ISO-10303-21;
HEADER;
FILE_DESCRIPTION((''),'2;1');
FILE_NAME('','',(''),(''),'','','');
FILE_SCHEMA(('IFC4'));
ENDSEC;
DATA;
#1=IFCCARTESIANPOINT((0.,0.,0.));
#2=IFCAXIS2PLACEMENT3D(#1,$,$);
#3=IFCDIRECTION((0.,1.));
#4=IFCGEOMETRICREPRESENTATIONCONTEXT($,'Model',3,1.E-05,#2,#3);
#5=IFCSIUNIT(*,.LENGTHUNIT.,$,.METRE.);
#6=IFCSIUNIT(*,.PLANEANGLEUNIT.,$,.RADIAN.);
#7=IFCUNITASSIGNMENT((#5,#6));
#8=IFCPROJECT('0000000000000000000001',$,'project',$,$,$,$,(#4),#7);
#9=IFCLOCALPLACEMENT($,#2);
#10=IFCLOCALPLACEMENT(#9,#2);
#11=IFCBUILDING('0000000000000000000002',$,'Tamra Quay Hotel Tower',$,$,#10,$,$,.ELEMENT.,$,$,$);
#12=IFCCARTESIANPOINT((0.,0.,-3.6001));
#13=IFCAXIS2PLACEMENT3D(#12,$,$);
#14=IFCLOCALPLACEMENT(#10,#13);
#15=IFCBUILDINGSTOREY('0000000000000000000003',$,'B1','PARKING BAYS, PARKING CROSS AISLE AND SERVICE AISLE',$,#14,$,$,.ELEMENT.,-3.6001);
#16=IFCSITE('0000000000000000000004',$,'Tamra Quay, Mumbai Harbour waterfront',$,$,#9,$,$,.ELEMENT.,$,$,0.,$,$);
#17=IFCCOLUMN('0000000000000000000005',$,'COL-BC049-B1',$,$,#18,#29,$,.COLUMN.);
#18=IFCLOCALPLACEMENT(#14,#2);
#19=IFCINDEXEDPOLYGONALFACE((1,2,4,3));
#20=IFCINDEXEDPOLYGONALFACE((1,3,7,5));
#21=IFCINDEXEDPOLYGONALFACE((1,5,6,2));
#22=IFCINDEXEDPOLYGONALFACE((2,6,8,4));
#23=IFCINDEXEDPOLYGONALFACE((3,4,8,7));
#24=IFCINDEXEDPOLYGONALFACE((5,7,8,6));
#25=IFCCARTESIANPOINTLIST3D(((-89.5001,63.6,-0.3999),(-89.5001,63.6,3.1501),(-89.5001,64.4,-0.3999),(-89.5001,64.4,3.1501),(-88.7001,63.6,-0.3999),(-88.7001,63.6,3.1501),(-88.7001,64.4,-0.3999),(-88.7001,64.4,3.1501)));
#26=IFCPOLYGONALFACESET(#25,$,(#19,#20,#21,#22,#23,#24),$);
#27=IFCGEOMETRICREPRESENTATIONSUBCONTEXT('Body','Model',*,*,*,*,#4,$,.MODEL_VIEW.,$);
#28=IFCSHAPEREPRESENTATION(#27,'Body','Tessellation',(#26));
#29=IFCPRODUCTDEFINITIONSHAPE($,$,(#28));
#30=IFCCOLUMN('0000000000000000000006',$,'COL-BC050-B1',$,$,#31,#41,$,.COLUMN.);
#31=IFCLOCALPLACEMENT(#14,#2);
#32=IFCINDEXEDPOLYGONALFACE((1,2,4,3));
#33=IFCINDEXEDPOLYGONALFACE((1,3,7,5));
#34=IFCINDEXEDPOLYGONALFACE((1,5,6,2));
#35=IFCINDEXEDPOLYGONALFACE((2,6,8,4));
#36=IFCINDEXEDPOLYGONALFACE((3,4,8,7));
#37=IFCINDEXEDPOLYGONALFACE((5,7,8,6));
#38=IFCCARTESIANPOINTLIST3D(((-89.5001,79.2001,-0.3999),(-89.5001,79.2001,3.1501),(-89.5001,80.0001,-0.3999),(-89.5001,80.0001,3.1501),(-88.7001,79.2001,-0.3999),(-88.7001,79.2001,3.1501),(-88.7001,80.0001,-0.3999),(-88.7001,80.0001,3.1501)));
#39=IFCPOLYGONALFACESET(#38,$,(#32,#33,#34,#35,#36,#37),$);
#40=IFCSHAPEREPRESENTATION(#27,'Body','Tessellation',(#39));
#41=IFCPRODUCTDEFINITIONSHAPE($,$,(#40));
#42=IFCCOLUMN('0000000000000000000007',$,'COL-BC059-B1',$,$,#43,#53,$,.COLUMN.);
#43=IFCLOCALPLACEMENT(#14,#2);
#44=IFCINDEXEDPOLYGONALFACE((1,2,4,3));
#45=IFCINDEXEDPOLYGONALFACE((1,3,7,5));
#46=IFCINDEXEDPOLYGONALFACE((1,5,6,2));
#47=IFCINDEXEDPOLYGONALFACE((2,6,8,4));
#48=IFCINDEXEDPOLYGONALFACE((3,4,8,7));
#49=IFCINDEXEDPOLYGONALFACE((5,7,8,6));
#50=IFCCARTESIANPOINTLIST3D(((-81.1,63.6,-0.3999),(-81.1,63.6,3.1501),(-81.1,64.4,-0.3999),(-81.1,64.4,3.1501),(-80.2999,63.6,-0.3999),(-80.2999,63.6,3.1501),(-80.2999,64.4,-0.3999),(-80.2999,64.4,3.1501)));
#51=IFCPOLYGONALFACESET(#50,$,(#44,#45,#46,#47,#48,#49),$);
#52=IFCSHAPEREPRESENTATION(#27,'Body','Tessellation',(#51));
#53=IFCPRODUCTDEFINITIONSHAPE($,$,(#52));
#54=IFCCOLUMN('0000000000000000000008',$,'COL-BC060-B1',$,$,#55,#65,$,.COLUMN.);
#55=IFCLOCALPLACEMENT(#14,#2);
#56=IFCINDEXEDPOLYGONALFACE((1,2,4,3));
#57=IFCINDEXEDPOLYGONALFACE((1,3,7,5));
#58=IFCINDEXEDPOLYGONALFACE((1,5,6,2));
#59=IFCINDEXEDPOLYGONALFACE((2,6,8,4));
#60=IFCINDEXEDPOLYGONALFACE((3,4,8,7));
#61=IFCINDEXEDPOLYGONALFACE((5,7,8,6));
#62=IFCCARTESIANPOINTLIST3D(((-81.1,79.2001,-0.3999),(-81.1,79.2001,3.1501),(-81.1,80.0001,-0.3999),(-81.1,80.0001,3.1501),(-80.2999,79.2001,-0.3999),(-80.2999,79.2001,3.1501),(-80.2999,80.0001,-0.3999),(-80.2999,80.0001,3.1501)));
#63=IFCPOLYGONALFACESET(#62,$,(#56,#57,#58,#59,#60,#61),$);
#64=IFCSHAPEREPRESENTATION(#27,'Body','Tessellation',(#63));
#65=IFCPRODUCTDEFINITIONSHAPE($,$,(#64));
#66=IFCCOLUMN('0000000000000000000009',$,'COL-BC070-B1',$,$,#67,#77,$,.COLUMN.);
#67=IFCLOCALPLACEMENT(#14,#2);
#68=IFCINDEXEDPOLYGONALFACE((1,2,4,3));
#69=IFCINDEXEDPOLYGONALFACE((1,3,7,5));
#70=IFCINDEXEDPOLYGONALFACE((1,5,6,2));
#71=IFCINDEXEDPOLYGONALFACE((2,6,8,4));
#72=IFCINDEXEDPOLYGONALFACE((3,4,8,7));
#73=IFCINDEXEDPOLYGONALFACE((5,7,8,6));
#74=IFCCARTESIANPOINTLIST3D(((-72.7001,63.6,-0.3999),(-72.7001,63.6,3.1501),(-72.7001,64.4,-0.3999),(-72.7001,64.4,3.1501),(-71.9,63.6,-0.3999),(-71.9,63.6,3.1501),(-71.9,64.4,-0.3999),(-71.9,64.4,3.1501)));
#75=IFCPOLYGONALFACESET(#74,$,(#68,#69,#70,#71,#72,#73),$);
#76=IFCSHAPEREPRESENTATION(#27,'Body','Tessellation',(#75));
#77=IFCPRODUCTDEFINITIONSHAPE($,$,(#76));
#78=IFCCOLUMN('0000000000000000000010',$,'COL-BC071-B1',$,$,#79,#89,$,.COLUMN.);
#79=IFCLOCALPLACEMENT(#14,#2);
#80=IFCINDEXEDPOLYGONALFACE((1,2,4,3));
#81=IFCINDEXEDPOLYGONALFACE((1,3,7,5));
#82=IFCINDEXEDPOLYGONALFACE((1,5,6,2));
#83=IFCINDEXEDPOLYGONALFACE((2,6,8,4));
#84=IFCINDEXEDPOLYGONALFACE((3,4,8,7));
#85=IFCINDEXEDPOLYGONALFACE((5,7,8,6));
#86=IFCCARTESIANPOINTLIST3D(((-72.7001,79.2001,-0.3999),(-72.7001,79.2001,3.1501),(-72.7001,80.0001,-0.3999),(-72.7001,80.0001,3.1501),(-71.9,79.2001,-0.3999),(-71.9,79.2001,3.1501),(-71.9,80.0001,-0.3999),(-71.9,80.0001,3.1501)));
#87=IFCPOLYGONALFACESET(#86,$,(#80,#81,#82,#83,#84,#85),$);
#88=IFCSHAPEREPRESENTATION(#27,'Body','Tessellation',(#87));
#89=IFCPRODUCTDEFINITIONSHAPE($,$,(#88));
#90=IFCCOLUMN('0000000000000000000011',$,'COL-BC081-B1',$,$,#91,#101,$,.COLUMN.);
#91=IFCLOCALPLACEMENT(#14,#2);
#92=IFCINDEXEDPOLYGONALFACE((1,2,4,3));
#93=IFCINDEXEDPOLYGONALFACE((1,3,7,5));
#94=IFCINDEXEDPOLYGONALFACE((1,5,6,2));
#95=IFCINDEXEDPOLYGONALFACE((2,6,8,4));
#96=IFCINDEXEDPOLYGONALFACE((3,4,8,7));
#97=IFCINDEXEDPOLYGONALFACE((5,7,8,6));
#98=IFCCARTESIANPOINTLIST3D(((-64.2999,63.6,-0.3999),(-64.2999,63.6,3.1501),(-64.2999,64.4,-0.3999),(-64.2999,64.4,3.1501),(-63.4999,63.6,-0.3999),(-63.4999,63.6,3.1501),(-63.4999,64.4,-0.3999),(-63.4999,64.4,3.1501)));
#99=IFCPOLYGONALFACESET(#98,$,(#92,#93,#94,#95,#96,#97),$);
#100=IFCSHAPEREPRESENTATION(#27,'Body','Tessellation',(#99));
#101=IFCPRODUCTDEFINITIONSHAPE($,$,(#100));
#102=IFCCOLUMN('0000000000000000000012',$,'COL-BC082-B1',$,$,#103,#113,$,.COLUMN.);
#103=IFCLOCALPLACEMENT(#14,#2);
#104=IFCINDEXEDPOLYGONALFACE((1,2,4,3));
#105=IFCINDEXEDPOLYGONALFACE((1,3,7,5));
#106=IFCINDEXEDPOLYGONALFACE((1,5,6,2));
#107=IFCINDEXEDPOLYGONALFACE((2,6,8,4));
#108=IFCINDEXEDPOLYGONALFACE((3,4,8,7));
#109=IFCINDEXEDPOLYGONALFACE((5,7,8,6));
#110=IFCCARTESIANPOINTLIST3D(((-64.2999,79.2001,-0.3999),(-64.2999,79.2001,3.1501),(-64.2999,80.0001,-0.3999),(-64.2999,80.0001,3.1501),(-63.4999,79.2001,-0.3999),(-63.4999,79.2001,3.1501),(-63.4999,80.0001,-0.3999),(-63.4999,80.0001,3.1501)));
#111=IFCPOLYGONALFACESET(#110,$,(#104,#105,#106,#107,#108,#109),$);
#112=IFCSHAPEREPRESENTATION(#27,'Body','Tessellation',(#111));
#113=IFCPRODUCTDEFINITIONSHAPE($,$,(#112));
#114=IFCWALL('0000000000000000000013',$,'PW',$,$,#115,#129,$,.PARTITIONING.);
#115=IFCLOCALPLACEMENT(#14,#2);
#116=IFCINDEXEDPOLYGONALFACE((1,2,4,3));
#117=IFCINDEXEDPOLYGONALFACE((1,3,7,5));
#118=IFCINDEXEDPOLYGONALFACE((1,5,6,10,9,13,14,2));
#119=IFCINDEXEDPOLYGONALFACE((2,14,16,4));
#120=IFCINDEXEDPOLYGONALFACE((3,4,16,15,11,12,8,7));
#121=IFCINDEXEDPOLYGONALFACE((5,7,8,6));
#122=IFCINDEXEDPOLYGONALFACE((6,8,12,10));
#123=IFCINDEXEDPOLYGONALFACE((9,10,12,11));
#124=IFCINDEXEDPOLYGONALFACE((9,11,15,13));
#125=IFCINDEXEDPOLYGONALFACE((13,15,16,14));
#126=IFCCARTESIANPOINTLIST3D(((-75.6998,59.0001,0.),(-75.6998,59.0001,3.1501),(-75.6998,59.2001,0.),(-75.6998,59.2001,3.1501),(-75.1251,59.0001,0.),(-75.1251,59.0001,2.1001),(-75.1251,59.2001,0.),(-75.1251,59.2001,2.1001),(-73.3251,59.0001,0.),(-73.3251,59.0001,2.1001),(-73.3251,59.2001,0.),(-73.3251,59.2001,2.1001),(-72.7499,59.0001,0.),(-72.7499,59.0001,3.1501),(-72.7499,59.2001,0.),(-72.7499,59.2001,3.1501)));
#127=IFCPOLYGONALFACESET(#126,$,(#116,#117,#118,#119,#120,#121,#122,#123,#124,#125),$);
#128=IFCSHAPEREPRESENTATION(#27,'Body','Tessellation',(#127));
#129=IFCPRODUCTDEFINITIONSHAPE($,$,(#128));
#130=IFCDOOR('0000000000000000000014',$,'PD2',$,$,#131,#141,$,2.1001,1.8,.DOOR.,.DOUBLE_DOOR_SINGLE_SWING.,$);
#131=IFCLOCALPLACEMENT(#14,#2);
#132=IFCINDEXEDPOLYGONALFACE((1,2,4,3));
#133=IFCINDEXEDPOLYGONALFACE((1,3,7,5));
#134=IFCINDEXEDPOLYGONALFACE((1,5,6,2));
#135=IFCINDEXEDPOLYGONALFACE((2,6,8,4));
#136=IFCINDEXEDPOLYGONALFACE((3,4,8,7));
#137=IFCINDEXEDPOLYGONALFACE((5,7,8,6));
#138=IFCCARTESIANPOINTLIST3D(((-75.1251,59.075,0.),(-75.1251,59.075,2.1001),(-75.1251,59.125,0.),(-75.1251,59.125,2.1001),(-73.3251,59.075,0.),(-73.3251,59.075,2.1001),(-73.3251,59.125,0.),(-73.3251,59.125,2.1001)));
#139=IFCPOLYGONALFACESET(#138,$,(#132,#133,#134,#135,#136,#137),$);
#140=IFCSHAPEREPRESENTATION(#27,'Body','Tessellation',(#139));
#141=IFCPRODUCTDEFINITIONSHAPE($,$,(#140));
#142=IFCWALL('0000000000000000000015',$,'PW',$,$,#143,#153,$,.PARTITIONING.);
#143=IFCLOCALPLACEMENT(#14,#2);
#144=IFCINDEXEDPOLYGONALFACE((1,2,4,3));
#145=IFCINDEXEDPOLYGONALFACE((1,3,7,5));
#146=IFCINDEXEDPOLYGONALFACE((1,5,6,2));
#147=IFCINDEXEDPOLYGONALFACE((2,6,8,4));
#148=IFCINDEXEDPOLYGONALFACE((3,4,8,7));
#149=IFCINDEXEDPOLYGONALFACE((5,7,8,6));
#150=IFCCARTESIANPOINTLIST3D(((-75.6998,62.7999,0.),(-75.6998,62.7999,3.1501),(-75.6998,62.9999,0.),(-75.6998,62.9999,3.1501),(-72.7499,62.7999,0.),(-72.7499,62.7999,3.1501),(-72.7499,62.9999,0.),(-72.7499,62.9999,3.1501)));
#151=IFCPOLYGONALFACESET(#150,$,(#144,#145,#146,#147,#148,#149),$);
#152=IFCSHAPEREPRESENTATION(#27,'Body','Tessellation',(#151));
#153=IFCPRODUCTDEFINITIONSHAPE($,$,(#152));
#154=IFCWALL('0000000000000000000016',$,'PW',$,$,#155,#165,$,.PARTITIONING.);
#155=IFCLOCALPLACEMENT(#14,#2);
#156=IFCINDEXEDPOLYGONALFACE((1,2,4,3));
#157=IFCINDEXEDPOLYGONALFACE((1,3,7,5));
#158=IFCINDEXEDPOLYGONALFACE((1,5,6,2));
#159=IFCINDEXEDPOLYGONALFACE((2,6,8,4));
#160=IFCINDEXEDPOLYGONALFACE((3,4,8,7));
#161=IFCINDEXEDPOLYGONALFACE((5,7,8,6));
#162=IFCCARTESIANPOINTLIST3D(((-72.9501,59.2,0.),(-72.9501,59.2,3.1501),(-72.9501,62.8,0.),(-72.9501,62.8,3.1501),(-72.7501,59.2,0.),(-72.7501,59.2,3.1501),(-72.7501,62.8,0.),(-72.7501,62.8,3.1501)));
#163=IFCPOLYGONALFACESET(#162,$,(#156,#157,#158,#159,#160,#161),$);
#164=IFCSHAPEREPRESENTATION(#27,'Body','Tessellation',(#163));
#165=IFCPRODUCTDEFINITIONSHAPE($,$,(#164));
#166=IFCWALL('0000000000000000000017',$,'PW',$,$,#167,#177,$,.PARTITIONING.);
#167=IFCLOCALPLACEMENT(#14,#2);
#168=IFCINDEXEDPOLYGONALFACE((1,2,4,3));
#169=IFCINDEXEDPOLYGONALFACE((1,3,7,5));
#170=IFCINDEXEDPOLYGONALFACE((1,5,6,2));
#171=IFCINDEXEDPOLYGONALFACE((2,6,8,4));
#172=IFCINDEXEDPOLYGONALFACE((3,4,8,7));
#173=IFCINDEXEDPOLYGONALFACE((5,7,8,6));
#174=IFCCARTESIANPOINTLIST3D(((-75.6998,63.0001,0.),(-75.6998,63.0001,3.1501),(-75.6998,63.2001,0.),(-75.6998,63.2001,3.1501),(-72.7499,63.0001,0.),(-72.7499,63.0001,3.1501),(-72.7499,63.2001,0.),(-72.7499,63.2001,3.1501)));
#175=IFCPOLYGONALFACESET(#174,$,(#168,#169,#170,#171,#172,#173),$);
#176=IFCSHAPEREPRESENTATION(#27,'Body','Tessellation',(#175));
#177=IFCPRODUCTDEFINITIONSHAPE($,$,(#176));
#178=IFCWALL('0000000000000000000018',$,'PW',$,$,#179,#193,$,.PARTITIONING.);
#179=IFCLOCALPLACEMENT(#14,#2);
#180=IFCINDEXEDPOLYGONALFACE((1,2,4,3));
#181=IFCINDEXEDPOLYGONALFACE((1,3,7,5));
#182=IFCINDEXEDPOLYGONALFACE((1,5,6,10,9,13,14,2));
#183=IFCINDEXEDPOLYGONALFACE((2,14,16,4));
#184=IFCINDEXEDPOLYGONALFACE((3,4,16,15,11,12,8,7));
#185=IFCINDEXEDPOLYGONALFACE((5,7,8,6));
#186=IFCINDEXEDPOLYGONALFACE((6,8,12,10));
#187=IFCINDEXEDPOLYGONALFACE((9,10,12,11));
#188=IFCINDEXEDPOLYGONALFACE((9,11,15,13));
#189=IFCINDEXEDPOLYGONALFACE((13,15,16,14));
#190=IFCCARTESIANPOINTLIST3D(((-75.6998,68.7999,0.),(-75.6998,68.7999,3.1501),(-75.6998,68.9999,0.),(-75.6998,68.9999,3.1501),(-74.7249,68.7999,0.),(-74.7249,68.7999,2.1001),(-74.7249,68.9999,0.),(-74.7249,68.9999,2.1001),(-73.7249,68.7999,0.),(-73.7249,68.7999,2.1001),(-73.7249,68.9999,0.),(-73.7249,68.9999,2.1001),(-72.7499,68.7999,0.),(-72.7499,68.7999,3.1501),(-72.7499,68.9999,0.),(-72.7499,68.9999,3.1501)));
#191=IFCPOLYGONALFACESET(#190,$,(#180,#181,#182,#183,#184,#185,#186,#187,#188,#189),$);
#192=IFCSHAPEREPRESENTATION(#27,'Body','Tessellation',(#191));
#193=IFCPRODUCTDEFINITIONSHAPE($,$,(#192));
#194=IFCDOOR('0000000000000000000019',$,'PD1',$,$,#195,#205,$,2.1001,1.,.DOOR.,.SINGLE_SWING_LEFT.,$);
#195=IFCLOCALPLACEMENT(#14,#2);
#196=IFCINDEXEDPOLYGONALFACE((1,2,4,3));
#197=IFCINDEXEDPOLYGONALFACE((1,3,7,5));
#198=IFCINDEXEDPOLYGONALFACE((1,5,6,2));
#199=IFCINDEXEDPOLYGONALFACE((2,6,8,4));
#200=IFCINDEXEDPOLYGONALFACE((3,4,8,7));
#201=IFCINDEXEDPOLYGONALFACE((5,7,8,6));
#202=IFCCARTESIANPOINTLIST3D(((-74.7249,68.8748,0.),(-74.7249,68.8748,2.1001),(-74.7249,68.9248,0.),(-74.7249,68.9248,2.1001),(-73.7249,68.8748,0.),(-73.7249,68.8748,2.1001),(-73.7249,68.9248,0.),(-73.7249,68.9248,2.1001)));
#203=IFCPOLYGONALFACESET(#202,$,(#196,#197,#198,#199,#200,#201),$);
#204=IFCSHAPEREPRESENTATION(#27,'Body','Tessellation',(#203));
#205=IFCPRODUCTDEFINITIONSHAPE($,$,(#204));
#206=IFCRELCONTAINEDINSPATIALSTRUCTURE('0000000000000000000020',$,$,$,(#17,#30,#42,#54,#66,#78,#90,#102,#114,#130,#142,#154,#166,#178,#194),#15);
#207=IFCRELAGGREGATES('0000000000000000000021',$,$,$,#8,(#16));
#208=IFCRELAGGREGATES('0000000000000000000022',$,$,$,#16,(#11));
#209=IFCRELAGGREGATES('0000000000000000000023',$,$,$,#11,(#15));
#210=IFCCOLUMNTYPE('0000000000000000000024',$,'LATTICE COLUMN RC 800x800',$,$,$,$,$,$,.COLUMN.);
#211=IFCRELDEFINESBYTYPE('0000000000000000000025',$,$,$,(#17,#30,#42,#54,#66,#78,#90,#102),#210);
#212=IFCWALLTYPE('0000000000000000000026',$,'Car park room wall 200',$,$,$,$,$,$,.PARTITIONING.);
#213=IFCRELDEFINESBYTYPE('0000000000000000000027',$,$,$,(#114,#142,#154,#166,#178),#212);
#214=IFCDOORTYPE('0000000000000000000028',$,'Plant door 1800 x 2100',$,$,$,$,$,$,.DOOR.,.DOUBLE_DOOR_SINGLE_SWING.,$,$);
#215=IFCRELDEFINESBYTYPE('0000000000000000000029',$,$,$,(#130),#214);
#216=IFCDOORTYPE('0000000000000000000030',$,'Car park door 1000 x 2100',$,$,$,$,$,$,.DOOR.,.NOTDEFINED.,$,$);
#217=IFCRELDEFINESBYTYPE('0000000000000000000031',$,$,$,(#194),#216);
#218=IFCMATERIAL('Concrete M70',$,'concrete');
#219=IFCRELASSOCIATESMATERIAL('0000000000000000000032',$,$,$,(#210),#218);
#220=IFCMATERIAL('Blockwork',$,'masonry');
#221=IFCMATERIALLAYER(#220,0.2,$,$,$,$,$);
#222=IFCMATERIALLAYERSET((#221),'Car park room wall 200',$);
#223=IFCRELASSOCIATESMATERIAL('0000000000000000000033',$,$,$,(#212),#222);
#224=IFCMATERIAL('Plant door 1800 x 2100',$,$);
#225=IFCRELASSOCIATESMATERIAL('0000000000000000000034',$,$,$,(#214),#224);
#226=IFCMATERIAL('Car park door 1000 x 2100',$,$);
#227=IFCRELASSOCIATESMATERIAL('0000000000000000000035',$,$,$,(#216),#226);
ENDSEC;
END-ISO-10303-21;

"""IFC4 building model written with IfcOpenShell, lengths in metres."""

from ifc_helpers import new_model, si_unit, direction, frame, frame_2d, origin, origin_2d, place, context, subcontext, project, spatial, rectangle, extrude, material, layer, layer_set, material_profile, profile_set, type_object, element, fill, save


model = new_model("IFC4")

# Units and contexts
model_context = context("Model", 3, precision=1e-05, world=origin(), true_north=direction((0.0, 1.0)))
body_context = subcontext(model_context, "Body", "Model", "MODEL_VIEW")
ifc_project = project(units=[si_unit("LENGTHUNIT", "METRE"), si_unit("PLANEANGLEUNIT", "RADIAN")], contexts=[model_context])

# Site, building, storey
site_placement = place(None, origin())
site = spatial("IfcSite", under=ifc_project, at=site_placement, Name="Tamra Quay, Mumbai Harbour waterfront", CompositionType="ELEMENT", RefElevation=0.0)
building_placement = place(site_placement, origin())
building = spatial("IfcBuilding", under=site, at=building_placement, Name="Tamra Quay Hotel Tower", CompositionType="ELEMENT")
storey_placement = place(building_placement, frame((0.0, 0.0, -3.6001)))
storey = spatial("IfcBuildingStorey", under=building, at=storey_placement, Name="B1", Description="PARKING BAYS, PARKING CROSS AISLE AND SERVICE AISLE", CompositionType="ELEMENT", Elevation=-3.6001)

# Columns
ifc_material_1 = material(Name="Concrete M70", Category="concrete")
ifc_material_profile = material_profile(ifc_material_1, rectangle(XDim=0.8, YDim=0.8, at=origin_2d()), Name="LATTICE COLUMN RC 800x800")
ifc_profile_set = profile_set([ifc_material_profile], Name="Concrete M70")
column_type = type_object("IfcColumnType", Name="LATTICE COLUMN RC 800x800", PredefinedType="COLUMN", material=ifc_profile_set)
for number, where, z_axis, x_axis, name in (
    (1, (-89.1001, 64.0, -0.3999), (0.0, 0.0, 1.0), (1.0, 0.0, 0.0), "COL-BC049-B1"),
    (2, (-89.1001, 79.6001, -0.3999), (0.0, 0.0, 1.0), (1.0, 0.0, 0.0), "COL-BC050-B1"),
    (3, (-80.7, 64.0, -0.3999), (0.0, 0.0, 1.0), (1.0, 0.0, 0.0), "COL-BC059-B1"),
    (4, (-80.7, 79.6001, -0.3999), (0.0, 0.0, 1.0), (1.0, 0.0, 0.0), "COL-BC060-B1"),
    (5, (-72.3, 64.0, -0.3999), (0.0, 0.0, 1.0), (1.0, 0.0, 0.0), "COL-BC070-B1"),
    (6, (-72.3, 79.6001, -0.3999), (0.0, 0.0, 1.0), (1.0, 0.0, 0.0), "COL-BC071-B1"),
    (7, (-63.8999, 64.0, -0.3999), (0.0, 0.0, 1.0), (1.0, 0.0, 0.0), "COL-BC081-B1"),
    (8, (-63.8999, 79.6001, -0.3999), (0.0, 0.0, 1.0), (1.0, 0.0, 0.0), "COL-BC082-B1"),
):
    element("IfcColumn", number, at=place(storey_placement, frame(where, z_axis=z_axis, x_axis=x_axis)), inside=storey, type_object=column_type, Name=name, PredefinedType="COLUMN", context=body_context, shape_type="SweptSolid", body=[
        extrude(rectangle(XDim=0.8, YDim=0.8, at=origin_2d()), origin(), (0.0, 0.0, 1.0), 3.55),
    ])

# Wall, opening, door
ifc_material_2 = material(Name="Blockwork", Category="masonry")
ifc_layer_1 = layer(ifc_material_2, 0.2)
ifc_layer_set_1 = layer_set([ifc_layer_1], Name="Car park room wall 200")
wall_type_1 = type_object("IfcWallType", Name="Car park room wall 200", PredefinedType="PARTITIONING", material=ifc_layer_set_1)
wall_1_placement = place(storey_placement, frame((-75.7, 59.1001, 0.0), z_axis=(0.0, 0.0, 1.0), x_axis=(1.0, 0.0, 0.0)))
wall_1 = element("IfcWall", 9, at=wall_1_placement, inside=storey, type_object=wall_type_1, Name="PW", PredefinedType="PARTITIONING", context=body_context, shape_type="SweptSolid", body=[
    extrude(rectangle(XDim=2.95, YDim=0.2, at=frame_2d((1.4751, 0.0))), origin(), (0.0, 0.0, 1.0), 3.1501),
])
opening_1_placement = place(wall_1_placement, frame((0.575, 0.0, 0.0)))
opening_1 = element("IfcOpeningElement", 10, at=opening_1_placement, cuts=wall_1, PredefinedType="OPENING", context=body_context, shape_type="SweptSolid", body=[
    extrude(rectangle(XDim=1.8, YDim=2.1001, at=frame_2d((0.8999, 1.05))), frame((0.0, 0.1099, 0.0), z_axis=(0.0, -1.0, 0.0), x_axis=(1.0, 0.0, 0.0)), (0.0, 0.0, 1.0), 0.22),
])
ifc_material_3 = material(Name="Plant door 1800 x 2100")
door_type_1 = type_object("IfcDoorType", Name="Plant door 1800 x 2100", OperationType="DOUBLE_DOOR_SINGLE_SWING", PredefinedType="DOOR", material=ifc_material_3)
door_1_placement = place(opening_1_placement, origin())
door_1 = element("IfcDoor", 11, at=door_1_placement, inside=storey, type_object=door_type_1, Name="PD2", OperationType="DOUBLE_DOOR_SINGLE_SWING", OverallHeight=2.1001, OverallWidth=1.8, PredefinedType="DOOR", context=body_context, shape_type="SweptSolid", body=[
    extrude(rectangle(XDim=1.8, YDim=2.1001, at=frame_2d((0.8999, 1.05))), frame((0.0, 0.0249, 0.0), z_axis=(0.0, -1.0, 0.0), x_axis=(1.0, 0.0, 0.0)), (0.0, 0.0, 1.0), 0.05),
])
fill(opening_1, door_1)

# Walls
wall_2_placement = place(storey_placement, frame((-75.7, 62.8999, 0.0), z_axis=(0.0, 0.0, 1.0), x_axis=(1.0, 0.0, 0.0)))
element("IfcWall", 12, at=wall_2_placement, inside=storey, type_object=wall_type_1, Name="PW", PredefinedType="PARTITIONING", context=body_context, shape_type="SweptSolid", body=[
    extrude(rectangle(XDim=2.95, YDim=0.2, at=frame_2d((1.4751, 0.0))), origin(), (0.0, 0.0, 1.0), 3.1501),
])
wall_3_placement = place(storey_placement, frame((-72.8501, 59.2, 0.0), z_axis=(0.0, 0.0, 1.0), x_axis=(0.0, 1.0, 0.0)))
element("IfcWall", 13, at=wall_3_placement, inside=storey, type_object=wall_type_1, Name="PW", PredefinedType="PARTITIONING", context=body_context, shape_type="SweptSolid", body=[
    extrude(rectangle(XDim=3.6001, YDim=0.2, at=frame_2d((1.8, 0.0))), origin(), (0.0, 0.0, 1.0), 3.1501),
])
wall_4_placement = place(storey_placement, frame((-75.7, 63.1001, 0.0), z_axis=(0.0, 0.0, 1.0), x_axis=(1.0, 0.0, 0.0)))
element("IfcWall", 14, at=wall_4_placement, inside=storey, type_object=wall_type_1, Name="PW", PredefinedType="PARTITIONING", context=body_context, shape_type="SweptSolid", body=[
    extrude(rectangle(XDim=2.95, YDim=0.2, at=frame_2d((1.4751, 0.0))), origin(), (0.0, 0.0, 1.0), 3.1501),
])

# Wall, opening, door
wall_5_placement = place(storey_placement, frame((-75.7, 68.8999, 0.0), z_axis=(0.0, 0.0, 1.0), x_axis=(1.0, 0.0, 0.0)))
wall_5 = element("IfcWall", 15, at=wall_5_placement, inside=storey, type_object=wall_type_1, Name="PW", PredefinedType="PARTITIONING", context=body_context, shape_type="SweptSolid", body=[
    extrude(rectangle(XDim=2.95, YDim=0.2, at=frame_2d((1.4751, 0.0))), origin(), (0.0, 0.0, 1.0), 3.1501),
])
opening_2_placement = place(wall_5_placement, frame((0.9751, 0.0, 0.0)))
opening_2 = element("IfcOpeningElement", 16, at=opening_2_placement, cuts=wall_5, PredefinedType="OPENING", context=body_context, shape_type="SweptSolid", body=[
    extrude(rectangle(XDim=1.0, YDim=2.1001, at=frame_2d((0.5, 1.05))), frame((0.0, 0.1099, 0.0), z_axis=(0.0, -1.0, 0.0), x_axis=(1.0, 0.0, 0.0)), (0.0, 0.0, 1.0), 0.22),
])
ifc_material_4 = material(Name="Car park door 1000 x 2100")
door_type_2 = type_object("IfcDoorType", Name="Car park door 1000 x 2100", OperationType="NOTDEFINED", PredefinedType="DOOR", material=ifc_material_4)
door_2_placement = place(opening_2_placement, origin())
door_2 = element("IfcDoor", 17, at=door_2_placement, inside=storey, type_object=door_type_2, Name="PD1", OperationType="SINGLE_SWING_LEFT", OverallHeight=2.1001, OverallWidth=1.0, PredefinedType="DOOR", context=body_context, shape_type="SweptSolid", body=[
    extrude(rectangle(XDim=1.0, YDim=2.1001, at=frame_2d((0.5, 1.05))), frame((0.0, 0.0249, 0.0), z_axis=(0.0, -1.0, 0.0), x_axis=(1.0, 0.0, 0.0)), (0.0, 0.0, 1.0), 0.05),
])
fill(opening_2, door_2)

save(model, "model.ifc")
